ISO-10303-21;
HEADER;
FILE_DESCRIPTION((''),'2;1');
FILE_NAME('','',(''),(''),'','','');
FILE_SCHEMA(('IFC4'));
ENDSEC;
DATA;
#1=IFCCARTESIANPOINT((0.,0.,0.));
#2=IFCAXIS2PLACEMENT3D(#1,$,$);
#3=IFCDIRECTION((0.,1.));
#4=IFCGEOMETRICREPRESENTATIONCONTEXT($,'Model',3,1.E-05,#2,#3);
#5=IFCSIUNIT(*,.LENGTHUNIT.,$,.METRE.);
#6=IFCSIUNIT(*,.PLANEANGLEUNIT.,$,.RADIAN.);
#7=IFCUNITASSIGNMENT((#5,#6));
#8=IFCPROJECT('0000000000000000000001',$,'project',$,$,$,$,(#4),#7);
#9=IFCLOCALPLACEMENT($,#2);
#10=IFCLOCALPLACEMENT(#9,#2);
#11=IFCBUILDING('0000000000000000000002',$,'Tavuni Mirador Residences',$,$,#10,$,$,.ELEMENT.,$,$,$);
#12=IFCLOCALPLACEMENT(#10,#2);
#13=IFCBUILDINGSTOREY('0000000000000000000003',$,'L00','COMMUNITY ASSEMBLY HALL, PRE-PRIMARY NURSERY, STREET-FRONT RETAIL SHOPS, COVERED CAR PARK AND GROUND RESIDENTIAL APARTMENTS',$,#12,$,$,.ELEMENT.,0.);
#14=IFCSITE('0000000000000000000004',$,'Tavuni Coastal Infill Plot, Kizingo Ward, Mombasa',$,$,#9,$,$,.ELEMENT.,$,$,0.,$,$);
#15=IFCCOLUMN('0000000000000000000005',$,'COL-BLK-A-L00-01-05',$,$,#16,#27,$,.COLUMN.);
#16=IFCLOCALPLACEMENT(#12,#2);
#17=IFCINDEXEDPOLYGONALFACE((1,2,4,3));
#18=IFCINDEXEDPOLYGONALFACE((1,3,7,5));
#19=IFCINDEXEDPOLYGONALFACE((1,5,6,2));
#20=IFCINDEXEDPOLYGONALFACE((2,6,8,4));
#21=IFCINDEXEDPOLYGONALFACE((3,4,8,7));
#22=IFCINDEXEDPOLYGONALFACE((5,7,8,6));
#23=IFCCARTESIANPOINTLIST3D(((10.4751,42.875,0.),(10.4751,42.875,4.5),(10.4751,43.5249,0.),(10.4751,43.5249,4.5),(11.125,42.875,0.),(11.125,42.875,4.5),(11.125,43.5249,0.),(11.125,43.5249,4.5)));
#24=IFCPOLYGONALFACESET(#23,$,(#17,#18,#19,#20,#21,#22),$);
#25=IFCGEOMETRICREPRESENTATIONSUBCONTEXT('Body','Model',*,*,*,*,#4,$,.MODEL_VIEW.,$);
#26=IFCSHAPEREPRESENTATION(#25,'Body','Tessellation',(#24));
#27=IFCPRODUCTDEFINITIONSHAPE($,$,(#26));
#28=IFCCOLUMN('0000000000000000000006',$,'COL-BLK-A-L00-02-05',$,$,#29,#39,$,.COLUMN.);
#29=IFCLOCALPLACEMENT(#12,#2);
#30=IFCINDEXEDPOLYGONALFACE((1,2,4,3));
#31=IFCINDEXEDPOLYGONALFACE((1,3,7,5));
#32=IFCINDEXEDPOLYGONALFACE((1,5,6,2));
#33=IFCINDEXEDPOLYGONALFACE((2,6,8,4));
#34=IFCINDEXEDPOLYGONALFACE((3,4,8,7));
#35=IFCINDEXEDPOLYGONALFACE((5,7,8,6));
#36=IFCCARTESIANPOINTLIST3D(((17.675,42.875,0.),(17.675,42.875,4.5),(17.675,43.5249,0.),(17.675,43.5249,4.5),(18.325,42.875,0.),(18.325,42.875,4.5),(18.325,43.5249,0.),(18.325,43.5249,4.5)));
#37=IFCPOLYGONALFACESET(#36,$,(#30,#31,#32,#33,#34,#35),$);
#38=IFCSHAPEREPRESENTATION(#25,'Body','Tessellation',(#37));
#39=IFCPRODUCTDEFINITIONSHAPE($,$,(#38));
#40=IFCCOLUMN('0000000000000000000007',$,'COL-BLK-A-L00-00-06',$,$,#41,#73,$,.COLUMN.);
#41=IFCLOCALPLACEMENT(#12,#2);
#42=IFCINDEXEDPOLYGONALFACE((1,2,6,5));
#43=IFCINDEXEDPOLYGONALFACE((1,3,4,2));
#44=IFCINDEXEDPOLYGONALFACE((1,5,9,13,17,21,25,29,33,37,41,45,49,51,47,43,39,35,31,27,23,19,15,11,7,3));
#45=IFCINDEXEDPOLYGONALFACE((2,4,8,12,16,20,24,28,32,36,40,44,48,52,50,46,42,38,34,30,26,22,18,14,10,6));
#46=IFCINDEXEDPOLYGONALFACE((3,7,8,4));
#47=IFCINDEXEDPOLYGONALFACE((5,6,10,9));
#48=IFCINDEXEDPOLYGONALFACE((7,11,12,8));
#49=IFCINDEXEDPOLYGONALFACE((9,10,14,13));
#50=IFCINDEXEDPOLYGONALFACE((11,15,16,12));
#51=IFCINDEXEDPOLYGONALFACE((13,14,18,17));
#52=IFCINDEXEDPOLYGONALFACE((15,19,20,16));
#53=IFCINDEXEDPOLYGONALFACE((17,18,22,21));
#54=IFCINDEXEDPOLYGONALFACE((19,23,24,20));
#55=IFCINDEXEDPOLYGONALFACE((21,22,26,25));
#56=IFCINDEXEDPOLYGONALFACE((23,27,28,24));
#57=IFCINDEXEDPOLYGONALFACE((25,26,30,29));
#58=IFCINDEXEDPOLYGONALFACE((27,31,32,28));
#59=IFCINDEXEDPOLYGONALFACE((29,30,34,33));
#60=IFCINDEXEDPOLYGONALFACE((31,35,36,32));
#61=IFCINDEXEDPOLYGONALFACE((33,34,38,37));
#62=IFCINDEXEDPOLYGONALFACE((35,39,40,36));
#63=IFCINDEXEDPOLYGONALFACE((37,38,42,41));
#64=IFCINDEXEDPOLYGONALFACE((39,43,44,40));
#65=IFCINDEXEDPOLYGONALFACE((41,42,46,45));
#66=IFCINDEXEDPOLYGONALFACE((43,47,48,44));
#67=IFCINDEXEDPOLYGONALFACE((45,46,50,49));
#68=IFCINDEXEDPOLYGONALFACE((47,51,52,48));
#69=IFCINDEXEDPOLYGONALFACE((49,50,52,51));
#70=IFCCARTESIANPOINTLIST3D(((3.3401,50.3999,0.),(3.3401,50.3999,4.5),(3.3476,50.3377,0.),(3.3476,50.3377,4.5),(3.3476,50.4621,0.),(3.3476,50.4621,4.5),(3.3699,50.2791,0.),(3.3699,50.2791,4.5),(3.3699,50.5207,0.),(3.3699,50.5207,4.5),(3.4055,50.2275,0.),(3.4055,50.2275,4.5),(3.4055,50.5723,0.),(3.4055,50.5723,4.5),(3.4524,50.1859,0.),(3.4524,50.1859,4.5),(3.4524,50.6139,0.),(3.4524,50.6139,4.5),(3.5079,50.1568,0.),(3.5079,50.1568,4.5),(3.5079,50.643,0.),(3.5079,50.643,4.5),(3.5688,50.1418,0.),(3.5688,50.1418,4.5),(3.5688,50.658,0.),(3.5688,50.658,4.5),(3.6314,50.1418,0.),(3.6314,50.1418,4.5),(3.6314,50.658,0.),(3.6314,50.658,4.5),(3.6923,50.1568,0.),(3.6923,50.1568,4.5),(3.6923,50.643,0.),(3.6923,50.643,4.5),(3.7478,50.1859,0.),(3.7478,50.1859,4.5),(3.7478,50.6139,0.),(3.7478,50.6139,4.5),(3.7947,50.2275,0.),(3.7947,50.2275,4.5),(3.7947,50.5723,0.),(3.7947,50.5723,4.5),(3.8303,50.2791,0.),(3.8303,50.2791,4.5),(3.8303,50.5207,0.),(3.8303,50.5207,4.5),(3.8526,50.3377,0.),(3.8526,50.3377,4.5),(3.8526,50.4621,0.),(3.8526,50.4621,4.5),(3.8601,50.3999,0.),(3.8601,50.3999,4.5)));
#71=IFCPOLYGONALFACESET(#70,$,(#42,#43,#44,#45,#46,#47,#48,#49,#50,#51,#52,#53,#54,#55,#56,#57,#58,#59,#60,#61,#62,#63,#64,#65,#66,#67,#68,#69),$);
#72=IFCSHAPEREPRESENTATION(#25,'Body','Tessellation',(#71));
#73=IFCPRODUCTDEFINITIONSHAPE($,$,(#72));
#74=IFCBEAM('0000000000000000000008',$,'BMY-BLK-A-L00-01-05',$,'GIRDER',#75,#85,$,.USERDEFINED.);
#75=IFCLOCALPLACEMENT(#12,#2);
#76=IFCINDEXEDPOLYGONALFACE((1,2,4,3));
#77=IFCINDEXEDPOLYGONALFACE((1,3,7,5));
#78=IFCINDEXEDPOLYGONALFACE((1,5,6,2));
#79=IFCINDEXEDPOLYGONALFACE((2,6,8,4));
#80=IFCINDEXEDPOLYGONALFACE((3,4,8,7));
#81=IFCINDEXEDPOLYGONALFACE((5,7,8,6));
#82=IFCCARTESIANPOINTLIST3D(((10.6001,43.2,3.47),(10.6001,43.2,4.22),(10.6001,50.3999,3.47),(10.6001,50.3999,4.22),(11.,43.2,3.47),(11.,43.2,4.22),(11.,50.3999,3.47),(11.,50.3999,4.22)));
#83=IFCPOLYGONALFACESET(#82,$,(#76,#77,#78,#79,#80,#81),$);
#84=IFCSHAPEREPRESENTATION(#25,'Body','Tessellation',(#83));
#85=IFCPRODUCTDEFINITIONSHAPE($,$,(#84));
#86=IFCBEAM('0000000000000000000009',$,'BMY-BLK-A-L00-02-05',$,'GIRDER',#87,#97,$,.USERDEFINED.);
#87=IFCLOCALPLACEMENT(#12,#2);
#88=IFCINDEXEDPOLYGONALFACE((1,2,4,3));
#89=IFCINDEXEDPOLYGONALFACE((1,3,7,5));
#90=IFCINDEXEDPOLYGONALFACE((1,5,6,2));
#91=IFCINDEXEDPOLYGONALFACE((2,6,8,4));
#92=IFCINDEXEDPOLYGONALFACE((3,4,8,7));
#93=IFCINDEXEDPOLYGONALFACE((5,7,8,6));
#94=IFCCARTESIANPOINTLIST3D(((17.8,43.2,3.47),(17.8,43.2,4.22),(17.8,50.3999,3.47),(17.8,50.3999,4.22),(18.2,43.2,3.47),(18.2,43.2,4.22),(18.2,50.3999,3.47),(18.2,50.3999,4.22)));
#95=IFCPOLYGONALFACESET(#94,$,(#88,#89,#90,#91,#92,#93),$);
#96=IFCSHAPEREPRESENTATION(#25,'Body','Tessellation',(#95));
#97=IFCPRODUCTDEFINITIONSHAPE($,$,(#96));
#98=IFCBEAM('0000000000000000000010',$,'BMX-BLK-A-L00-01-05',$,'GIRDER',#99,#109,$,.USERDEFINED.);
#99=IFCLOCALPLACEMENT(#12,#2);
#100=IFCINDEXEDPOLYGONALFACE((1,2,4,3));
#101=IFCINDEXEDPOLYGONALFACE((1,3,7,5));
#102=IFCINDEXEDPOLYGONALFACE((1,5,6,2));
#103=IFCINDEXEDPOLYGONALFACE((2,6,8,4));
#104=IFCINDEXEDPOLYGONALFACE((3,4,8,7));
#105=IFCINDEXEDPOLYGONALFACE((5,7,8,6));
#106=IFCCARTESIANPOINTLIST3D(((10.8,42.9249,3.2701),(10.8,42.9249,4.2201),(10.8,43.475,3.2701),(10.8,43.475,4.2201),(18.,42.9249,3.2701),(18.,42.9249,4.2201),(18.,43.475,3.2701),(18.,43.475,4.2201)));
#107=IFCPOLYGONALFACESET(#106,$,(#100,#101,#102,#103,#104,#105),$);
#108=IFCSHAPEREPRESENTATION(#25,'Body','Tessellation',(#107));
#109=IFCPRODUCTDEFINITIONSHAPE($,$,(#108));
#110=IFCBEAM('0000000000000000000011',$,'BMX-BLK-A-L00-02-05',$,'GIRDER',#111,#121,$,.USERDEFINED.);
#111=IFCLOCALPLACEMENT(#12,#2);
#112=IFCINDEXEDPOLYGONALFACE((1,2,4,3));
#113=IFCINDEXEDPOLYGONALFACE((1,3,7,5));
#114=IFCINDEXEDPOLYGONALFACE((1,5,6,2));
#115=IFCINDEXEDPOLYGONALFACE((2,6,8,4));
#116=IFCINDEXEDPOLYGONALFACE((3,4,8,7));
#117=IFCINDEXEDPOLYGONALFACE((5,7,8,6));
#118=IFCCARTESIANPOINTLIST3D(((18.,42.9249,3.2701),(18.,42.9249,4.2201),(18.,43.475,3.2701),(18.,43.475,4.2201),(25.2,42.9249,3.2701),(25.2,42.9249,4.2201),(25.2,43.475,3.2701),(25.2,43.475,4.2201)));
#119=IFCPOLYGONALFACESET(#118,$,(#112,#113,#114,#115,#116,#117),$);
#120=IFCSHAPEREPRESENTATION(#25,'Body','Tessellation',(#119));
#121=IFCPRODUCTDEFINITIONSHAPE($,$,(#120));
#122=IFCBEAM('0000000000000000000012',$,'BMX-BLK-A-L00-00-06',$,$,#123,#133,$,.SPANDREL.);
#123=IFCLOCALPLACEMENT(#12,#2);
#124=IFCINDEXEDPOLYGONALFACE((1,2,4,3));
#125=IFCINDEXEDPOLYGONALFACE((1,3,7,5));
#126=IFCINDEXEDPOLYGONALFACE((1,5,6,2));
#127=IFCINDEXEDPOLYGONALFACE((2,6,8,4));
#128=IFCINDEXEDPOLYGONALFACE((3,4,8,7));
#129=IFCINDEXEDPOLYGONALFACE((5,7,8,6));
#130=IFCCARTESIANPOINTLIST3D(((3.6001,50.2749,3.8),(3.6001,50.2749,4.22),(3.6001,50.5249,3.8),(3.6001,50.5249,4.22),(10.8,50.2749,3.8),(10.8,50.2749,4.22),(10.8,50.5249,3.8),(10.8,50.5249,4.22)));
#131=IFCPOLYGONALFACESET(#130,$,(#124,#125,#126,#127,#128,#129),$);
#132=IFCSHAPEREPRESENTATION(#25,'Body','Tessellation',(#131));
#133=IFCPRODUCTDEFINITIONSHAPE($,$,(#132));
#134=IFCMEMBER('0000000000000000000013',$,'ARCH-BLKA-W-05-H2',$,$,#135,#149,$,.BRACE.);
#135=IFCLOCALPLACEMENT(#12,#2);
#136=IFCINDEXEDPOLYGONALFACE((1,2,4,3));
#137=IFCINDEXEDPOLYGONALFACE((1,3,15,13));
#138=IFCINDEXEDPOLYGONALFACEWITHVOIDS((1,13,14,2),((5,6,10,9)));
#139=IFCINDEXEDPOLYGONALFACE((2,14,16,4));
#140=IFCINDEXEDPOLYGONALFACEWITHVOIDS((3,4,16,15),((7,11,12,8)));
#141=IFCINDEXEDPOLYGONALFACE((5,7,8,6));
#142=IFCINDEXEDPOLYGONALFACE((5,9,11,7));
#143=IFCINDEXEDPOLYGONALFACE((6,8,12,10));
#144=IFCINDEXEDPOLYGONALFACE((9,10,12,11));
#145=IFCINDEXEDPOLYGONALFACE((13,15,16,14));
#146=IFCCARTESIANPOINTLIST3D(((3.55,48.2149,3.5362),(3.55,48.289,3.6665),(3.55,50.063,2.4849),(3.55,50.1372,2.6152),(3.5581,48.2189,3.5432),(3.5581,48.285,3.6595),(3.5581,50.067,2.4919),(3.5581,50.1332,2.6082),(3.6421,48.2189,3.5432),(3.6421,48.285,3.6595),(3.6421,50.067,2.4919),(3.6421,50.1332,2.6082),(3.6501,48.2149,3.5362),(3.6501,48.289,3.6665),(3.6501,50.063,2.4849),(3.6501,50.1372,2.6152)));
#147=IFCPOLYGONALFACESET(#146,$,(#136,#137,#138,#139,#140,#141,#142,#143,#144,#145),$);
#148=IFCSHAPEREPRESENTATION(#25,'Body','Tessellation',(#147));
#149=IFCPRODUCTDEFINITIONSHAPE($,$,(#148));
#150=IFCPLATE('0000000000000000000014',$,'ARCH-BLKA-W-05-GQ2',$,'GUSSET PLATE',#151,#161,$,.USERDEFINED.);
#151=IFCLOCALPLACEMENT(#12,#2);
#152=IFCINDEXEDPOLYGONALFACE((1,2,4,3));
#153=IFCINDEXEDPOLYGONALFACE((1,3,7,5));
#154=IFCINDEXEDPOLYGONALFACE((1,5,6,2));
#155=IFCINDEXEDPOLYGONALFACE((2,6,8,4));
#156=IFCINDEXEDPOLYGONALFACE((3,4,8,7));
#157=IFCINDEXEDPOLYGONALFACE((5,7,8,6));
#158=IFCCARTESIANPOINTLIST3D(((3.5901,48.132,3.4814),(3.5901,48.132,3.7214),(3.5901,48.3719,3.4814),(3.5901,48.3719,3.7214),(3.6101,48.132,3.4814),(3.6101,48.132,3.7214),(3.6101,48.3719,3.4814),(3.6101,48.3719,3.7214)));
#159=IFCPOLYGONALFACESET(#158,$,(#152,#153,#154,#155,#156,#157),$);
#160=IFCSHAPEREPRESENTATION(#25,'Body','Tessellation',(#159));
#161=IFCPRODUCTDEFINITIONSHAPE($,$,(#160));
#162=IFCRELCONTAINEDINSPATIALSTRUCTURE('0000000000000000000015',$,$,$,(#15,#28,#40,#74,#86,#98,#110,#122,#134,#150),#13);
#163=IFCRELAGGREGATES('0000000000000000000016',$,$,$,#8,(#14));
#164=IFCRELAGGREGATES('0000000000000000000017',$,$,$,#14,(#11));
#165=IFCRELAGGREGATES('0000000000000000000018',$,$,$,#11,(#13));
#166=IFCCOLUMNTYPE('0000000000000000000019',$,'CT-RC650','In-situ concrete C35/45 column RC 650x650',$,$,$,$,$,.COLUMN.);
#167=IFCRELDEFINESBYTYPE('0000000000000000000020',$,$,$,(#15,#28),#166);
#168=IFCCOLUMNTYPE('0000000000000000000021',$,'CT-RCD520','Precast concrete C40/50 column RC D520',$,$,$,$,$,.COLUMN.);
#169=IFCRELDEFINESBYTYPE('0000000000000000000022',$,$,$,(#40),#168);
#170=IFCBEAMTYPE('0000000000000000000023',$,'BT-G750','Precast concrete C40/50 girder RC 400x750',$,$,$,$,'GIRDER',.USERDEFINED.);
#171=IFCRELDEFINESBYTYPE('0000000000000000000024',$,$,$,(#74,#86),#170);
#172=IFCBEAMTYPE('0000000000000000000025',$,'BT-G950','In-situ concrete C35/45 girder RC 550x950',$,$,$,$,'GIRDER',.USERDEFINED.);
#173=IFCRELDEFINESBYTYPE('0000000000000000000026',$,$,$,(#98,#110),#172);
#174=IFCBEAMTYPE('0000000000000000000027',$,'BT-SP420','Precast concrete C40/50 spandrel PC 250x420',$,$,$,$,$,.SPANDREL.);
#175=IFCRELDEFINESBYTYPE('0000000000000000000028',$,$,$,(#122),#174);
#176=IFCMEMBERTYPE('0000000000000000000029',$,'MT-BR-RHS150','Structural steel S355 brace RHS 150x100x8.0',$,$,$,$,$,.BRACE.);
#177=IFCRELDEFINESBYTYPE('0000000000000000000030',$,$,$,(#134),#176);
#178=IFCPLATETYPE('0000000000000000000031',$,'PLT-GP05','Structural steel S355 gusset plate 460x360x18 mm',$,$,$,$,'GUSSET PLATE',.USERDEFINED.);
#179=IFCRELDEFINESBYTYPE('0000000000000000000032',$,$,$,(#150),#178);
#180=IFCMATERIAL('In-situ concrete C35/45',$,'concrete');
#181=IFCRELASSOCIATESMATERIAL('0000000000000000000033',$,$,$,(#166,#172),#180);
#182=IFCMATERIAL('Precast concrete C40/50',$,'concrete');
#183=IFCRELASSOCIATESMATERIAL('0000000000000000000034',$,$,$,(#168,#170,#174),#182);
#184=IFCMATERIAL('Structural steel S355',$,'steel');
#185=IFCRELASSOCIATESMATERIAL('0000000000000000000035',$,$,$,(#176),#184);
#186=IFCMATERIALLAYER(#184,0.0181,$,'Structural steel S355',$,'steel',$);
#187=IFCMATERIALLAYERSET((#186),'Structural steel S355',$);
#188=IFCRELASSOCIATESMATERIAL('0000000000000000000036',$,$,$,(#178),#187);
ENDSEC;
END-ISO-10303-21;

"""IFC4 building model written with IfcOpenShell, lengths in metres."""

from ifc_helpers import new_model, si_unit, direction, frame, origin, origin_2d, place, context, subcontext, project, spatial, rectangle, hollow_rectangle, circle, extrude, material, layer, layer_set, material_profile, profile_set, type_object, element, save


model = new_model("IFC4")

# Units and contexts
model_context = context("Model", 3, precision=1e-05, world=origin(), true_north=direction((0.0, 1.0)))
body_context = subcontext(model_context, "Body", "Model", "MODEL_VIEW")
ifc_project = project(units=[si_unit("LENGTHUNIT", "METRE"), si_unit("PLANEANGLEUNIT", "RADIAN")], contexts=[model_context])

# Site, building, storey
site_placement = place(None, origin())
site = spatial("IfcSite", under=ifc_project, at=site_placement, Name="Tavuni Coastal Infill Plot, Kizingo Ward, Mombasa", CompositionType="ELEMENT", RefElevation=0.0)
building_placement = place(site_placement, origin())
building = spatial("IfcBuilding", under=site, at=building_placement, Name="Tavuni Mirador Residences", CompositionType="ELEMENT")
storey_placement = place(building_placement, origin())
storey = spatial("IfcBuildingStorey", under=building, at=storey_placement, Name="L00", Description="COMMUNITY ASSEMBLY HALL, PRE-PRIMARY NURSERY, STREET-FRONT RETAIL SHOPS, COVERED CAR PARK AND GROUND RESIDENTIAL APARTMENTS", CompositionType="ELEMENT", Elevation=0.0)

# Columns
ifc_material_1 = material(Name="In-situ concrete C35/45", Category="concrete")
ifc_material_profile_1 = material_profile(ifc_material_1, rectangle(XDim=0.6499, YDim=0.6499, at=origin_2d()), Name="RC 650x650", Category="concrete")
ifc_profile_set_1 = profile_set([ifc_material_profile_1], Name="In-situ concrete C35/45")
column_type_1 = type_object("IfcColumnType", Name="CT-RC650", Description="In-situ concrete C35/45 column RC 650x650", PredefinedType="COLUMN", material=ifc_profile_set_1)
for number, where, z_axis, x_axis, name in (
    (1, (10.8, 43.2, 0.0), (0.0, 0.0, 1.0), (1.0, 0.0, 0.0), "COL-BLK-A-L00-01-05"),
    (2, (18.0, 43.2, 0.0), (0.0, 0.0, 1.0), (1.0, 0.0, 0.0), "COL-BLK-A-L00-02-05"),
):
    element("IfcColumn", number, at=place(storey_placement, frame(where, z_axis=z_axis, x_axis=x_axis)), inside=storey, type_object=column_type_1, Name=name, PredefinedType="COLUMN", context=body_context, shape_type="SweptSolid", body=[
        extrude(rectangle(XDim=0.6499, YDim=0.6499, at=origin_2d()), origin(), (0.0, 0.0, 1.0), 4.5),
    ])
ifc_material_2 = material(Name="Precast concrete C40/50", Category="concrete")
ifc_material_profile_2 = material_profile(ifc_material_2, circle(Radius=0.26, at=origin_2d()), Name="RC D520", Category="concrete")
ifc_profile_set_2 = profile_set([ifc_material_profile_2], Name="Precast concrete C40/50")
column_type_2 = type_object("IfcColumnType", Name="CT-RCD520", Description="Precast concrete C40/50 column RC D520", PredefinedType="COLUMN", material=ifc_profile_set_2)
column_placement = place(storey_placement, frame((3.6001, 50.3999, 0.0), z_axis=(0.0, 0.0, 1.0), x_axis=(1.0, 0.0, 0.0)))
element("IfcColumn", 3, at=column_placement, inside=storey, type_object=column_type_2, Name="COL-BLK-A-L00-00-06", PredefinedType="COLUMN", context=body_context, shape_type="SweptSolid", body=[
    extrude(circle(Radius=0.26, at=origin_2d()), origin(), (0.0, 0.0, 1.0), 4.5),
])

# Beams
ifc_material_profile_3 = material_profile(ifc_material_2, rectangle(XDim=0.3999, YDim=0.75, at=origin_2d()), Name="RC 400x750", Category="concrete")
ifc_profile_set_3 = profile_set([ifc_material_profile_3], Name="Precast concrete C40/50")
beam_type_1 = type_object("IfcBeamType", Name="BT-G750", Description="Precast concrete C40/50 girder RC 400x750", ElementType="GIRDER", PredefinedType="USERDEFINED", material=ifc_profile_set_3)
for number, where, z_axis, x_axis, name in (
    (4, (10.8, 43.2, 3.845), (0.0, 1.0, 0.0), (-1.0, 0.0, 0.0), "BMY-BLK-A-L00-01-05"),
    (5, (18.0, 43.2, 3.845), (0.0, 1.0, 0.0), (-1.0, 0.0, 0.0), "BMY-BLK-A-L00-02-05"),
):
    element("IfcBeam", number, at=place(storey_placement, frame(where, z_axis=z_axis, x_axis=x_axis)), inside=storey, type_object=beam_type_1, Name=name, ObjectType="GIRDER", PredefinedType="USERDEFINED", context=body_context, shape_type="SweptSolid", body=[
        extrude(rectangle(XDim=0.3999, YDim=0.75, at=origin_2d()), origin(), (0.0, 0.0, 1.0), 7.2),
    ])
ifc_material_profile_4 = material_profile(ifc_material_1, rectangle(XDim=0.55, YDim=0.95, at=origin_2d()), Name="RC 550x950", Category="concrete")
ifc_profile_set_4 = profile_set([ifc_material_profile_4], Name="In-situ concrete C35/45")
beam_type_2 = type_object("IfcBeamType", Name="BT-G950", Description="In-situ concrete C35/45 girder RC 550x950", ElementType="GIRDER", PredefinedType="USERDEFINED", material=ifc_profile_set_4)
for number, where, z_axis, x_axis, name in (
    (6, (10.8, 43.2, 3.7451), (1.0, 0.0, 0.0), (0.0, 1.0, 0.0), "BMX-BLK-A-L00-01-05"),
    (7, (18.0, 43.2, 3.7451), (1.0, 0.0, 0.0), (0.0, 1.0, 0.0), "BMX-BLK-A-L00-02-05"),
):
    element("IfcBeam", number, at=place(storey_placement, frame(where, z_axis=z_axis, x_axis=x_axis)), inside=storey, type_object=beam_type_2, Name=name, ObjectType="GIRDER", PredefinedType="USERDEFINED", context=body_context, shape_type="SweptSolid", body=[
        extrude(rectangle(XDim=0.55, YDim=0.95, at=origin_2d()), origin(), (0.0, 0.0, 1.0), 7.2),
    ])
ifc_material_profile_5 = material_profile(ifc_material_2, rectangle(XDim=0.25, YDim=0.4199, at=origin_2d()), Name="PC 250x420", Category="concrete")
ifc_profile_set_5 = profile_set([ifc_material_profile_5], Name="Precast concrete C40/50")
beam_type_3 = type_object("IfcBeamType", Name="BT-SP420", Description="Precast concrete C40/50 spandrel PC 250x420", PredefinedType="SPANDREL", material=ifc_profile_set_5)
beam_placement = place(storey_placement, frame((3.6001, 50.3999, 4.01), z_axis=(1.0, 0.0, 0.0), x_axis=(0.0, 1.0, 0.0)))
element("IfcBeam", 8, at=beam_placement, inside=storey, type_object=beam_type_3, Name="BMX-BLK-A-L00-00-06", PredefinedType="SPANDREL", context=body_context, shape_type="SweptSolid", body=[
    extrude(rectangle(XDim=0.25, YDim=0.4199, at=origin_2d()), origin(), (0.0, 0.0, 1.0), 7.2),
])

# Member
ifc_material_3 = material(Name="Structural steel S355", Category="steel")
ifc_material_profile_6 = material_profile(ifc_material_3, hollow_rectangle(XDim=0.1001, YDim=0.1499, WallThickness=0.0081, at=origin_2d()), Name="RHS 150x100x8.0", Category="steel")
ifc_profile_set_6 = profile_set([ifc_material_profile_6], Name="Structural steel S355")
member_type = type_object("IfcMemberType", Name="MT-BR-RHS150", Description="Structural steel S355 brace RHS 150x100x8.0", PredefinedType="BRACE", material=ifc_profile_set_6)
member_placement = place(storey_placement, frame((3.6001, 48.252, 3.6013), z_axis=(0.0, 0.869217, -0.494432), x_axis=(-1.0, 0.0, 0.0)))
element("IfcMember", 9, at=member_placement, inside=storey, type_object=member_type, Name="ARCH-BLKA-W-05-H2", PredefinedType="BRACE", context=body_context, shape_type="SweptSolid", body=[
    extrude(hollow_rectangle(XDim=0.1001, YDim=0.1499, WallThickness=0.0081, at=origin_2d()), origin(), (0.0, 0.0, 1.0), 2.1262),
])

# Plate
ifc_layer_1 = layer(ifc_material_3, 0.0181, Name="Structural steel S355", Category="steel")
ifc_layer_set_1 = layer_set([ifc_layer_1], Name="Structural steel S355")
plate_type = type_object("IfcPlateType", Name="PLT-GP05", Description="Structural steel S355 gusset plate 460x360x18 mm", ElementType="GUSSET PLATE", PredefinedType="USERDEFINED", material=ifc_layer_set_1)
plate_placement = place(storey_placement, frame((3.6001, 48.252, 3.4814), z_axis=(0.0, 0.0, 1.0), x_axis=(1.0, 0.0, 0.0)))
element("IfcPlate", 10, at=plate_placement, inside=storey, type_object=plate_type, Name="ARCH-BLKA-W-05-GQ2", ObjectType="GUSSET PLATE", PredefinedType="USERDEFINED", context=body_context, shape_type="SweptSolid", body=[
    extrude(rectangle(XDim=0.02, YDim=0.24, at=origin_2d()), origin(), (0.0, 0.0, 1.0), 0.24),
])

save(model, "model.ifc")
